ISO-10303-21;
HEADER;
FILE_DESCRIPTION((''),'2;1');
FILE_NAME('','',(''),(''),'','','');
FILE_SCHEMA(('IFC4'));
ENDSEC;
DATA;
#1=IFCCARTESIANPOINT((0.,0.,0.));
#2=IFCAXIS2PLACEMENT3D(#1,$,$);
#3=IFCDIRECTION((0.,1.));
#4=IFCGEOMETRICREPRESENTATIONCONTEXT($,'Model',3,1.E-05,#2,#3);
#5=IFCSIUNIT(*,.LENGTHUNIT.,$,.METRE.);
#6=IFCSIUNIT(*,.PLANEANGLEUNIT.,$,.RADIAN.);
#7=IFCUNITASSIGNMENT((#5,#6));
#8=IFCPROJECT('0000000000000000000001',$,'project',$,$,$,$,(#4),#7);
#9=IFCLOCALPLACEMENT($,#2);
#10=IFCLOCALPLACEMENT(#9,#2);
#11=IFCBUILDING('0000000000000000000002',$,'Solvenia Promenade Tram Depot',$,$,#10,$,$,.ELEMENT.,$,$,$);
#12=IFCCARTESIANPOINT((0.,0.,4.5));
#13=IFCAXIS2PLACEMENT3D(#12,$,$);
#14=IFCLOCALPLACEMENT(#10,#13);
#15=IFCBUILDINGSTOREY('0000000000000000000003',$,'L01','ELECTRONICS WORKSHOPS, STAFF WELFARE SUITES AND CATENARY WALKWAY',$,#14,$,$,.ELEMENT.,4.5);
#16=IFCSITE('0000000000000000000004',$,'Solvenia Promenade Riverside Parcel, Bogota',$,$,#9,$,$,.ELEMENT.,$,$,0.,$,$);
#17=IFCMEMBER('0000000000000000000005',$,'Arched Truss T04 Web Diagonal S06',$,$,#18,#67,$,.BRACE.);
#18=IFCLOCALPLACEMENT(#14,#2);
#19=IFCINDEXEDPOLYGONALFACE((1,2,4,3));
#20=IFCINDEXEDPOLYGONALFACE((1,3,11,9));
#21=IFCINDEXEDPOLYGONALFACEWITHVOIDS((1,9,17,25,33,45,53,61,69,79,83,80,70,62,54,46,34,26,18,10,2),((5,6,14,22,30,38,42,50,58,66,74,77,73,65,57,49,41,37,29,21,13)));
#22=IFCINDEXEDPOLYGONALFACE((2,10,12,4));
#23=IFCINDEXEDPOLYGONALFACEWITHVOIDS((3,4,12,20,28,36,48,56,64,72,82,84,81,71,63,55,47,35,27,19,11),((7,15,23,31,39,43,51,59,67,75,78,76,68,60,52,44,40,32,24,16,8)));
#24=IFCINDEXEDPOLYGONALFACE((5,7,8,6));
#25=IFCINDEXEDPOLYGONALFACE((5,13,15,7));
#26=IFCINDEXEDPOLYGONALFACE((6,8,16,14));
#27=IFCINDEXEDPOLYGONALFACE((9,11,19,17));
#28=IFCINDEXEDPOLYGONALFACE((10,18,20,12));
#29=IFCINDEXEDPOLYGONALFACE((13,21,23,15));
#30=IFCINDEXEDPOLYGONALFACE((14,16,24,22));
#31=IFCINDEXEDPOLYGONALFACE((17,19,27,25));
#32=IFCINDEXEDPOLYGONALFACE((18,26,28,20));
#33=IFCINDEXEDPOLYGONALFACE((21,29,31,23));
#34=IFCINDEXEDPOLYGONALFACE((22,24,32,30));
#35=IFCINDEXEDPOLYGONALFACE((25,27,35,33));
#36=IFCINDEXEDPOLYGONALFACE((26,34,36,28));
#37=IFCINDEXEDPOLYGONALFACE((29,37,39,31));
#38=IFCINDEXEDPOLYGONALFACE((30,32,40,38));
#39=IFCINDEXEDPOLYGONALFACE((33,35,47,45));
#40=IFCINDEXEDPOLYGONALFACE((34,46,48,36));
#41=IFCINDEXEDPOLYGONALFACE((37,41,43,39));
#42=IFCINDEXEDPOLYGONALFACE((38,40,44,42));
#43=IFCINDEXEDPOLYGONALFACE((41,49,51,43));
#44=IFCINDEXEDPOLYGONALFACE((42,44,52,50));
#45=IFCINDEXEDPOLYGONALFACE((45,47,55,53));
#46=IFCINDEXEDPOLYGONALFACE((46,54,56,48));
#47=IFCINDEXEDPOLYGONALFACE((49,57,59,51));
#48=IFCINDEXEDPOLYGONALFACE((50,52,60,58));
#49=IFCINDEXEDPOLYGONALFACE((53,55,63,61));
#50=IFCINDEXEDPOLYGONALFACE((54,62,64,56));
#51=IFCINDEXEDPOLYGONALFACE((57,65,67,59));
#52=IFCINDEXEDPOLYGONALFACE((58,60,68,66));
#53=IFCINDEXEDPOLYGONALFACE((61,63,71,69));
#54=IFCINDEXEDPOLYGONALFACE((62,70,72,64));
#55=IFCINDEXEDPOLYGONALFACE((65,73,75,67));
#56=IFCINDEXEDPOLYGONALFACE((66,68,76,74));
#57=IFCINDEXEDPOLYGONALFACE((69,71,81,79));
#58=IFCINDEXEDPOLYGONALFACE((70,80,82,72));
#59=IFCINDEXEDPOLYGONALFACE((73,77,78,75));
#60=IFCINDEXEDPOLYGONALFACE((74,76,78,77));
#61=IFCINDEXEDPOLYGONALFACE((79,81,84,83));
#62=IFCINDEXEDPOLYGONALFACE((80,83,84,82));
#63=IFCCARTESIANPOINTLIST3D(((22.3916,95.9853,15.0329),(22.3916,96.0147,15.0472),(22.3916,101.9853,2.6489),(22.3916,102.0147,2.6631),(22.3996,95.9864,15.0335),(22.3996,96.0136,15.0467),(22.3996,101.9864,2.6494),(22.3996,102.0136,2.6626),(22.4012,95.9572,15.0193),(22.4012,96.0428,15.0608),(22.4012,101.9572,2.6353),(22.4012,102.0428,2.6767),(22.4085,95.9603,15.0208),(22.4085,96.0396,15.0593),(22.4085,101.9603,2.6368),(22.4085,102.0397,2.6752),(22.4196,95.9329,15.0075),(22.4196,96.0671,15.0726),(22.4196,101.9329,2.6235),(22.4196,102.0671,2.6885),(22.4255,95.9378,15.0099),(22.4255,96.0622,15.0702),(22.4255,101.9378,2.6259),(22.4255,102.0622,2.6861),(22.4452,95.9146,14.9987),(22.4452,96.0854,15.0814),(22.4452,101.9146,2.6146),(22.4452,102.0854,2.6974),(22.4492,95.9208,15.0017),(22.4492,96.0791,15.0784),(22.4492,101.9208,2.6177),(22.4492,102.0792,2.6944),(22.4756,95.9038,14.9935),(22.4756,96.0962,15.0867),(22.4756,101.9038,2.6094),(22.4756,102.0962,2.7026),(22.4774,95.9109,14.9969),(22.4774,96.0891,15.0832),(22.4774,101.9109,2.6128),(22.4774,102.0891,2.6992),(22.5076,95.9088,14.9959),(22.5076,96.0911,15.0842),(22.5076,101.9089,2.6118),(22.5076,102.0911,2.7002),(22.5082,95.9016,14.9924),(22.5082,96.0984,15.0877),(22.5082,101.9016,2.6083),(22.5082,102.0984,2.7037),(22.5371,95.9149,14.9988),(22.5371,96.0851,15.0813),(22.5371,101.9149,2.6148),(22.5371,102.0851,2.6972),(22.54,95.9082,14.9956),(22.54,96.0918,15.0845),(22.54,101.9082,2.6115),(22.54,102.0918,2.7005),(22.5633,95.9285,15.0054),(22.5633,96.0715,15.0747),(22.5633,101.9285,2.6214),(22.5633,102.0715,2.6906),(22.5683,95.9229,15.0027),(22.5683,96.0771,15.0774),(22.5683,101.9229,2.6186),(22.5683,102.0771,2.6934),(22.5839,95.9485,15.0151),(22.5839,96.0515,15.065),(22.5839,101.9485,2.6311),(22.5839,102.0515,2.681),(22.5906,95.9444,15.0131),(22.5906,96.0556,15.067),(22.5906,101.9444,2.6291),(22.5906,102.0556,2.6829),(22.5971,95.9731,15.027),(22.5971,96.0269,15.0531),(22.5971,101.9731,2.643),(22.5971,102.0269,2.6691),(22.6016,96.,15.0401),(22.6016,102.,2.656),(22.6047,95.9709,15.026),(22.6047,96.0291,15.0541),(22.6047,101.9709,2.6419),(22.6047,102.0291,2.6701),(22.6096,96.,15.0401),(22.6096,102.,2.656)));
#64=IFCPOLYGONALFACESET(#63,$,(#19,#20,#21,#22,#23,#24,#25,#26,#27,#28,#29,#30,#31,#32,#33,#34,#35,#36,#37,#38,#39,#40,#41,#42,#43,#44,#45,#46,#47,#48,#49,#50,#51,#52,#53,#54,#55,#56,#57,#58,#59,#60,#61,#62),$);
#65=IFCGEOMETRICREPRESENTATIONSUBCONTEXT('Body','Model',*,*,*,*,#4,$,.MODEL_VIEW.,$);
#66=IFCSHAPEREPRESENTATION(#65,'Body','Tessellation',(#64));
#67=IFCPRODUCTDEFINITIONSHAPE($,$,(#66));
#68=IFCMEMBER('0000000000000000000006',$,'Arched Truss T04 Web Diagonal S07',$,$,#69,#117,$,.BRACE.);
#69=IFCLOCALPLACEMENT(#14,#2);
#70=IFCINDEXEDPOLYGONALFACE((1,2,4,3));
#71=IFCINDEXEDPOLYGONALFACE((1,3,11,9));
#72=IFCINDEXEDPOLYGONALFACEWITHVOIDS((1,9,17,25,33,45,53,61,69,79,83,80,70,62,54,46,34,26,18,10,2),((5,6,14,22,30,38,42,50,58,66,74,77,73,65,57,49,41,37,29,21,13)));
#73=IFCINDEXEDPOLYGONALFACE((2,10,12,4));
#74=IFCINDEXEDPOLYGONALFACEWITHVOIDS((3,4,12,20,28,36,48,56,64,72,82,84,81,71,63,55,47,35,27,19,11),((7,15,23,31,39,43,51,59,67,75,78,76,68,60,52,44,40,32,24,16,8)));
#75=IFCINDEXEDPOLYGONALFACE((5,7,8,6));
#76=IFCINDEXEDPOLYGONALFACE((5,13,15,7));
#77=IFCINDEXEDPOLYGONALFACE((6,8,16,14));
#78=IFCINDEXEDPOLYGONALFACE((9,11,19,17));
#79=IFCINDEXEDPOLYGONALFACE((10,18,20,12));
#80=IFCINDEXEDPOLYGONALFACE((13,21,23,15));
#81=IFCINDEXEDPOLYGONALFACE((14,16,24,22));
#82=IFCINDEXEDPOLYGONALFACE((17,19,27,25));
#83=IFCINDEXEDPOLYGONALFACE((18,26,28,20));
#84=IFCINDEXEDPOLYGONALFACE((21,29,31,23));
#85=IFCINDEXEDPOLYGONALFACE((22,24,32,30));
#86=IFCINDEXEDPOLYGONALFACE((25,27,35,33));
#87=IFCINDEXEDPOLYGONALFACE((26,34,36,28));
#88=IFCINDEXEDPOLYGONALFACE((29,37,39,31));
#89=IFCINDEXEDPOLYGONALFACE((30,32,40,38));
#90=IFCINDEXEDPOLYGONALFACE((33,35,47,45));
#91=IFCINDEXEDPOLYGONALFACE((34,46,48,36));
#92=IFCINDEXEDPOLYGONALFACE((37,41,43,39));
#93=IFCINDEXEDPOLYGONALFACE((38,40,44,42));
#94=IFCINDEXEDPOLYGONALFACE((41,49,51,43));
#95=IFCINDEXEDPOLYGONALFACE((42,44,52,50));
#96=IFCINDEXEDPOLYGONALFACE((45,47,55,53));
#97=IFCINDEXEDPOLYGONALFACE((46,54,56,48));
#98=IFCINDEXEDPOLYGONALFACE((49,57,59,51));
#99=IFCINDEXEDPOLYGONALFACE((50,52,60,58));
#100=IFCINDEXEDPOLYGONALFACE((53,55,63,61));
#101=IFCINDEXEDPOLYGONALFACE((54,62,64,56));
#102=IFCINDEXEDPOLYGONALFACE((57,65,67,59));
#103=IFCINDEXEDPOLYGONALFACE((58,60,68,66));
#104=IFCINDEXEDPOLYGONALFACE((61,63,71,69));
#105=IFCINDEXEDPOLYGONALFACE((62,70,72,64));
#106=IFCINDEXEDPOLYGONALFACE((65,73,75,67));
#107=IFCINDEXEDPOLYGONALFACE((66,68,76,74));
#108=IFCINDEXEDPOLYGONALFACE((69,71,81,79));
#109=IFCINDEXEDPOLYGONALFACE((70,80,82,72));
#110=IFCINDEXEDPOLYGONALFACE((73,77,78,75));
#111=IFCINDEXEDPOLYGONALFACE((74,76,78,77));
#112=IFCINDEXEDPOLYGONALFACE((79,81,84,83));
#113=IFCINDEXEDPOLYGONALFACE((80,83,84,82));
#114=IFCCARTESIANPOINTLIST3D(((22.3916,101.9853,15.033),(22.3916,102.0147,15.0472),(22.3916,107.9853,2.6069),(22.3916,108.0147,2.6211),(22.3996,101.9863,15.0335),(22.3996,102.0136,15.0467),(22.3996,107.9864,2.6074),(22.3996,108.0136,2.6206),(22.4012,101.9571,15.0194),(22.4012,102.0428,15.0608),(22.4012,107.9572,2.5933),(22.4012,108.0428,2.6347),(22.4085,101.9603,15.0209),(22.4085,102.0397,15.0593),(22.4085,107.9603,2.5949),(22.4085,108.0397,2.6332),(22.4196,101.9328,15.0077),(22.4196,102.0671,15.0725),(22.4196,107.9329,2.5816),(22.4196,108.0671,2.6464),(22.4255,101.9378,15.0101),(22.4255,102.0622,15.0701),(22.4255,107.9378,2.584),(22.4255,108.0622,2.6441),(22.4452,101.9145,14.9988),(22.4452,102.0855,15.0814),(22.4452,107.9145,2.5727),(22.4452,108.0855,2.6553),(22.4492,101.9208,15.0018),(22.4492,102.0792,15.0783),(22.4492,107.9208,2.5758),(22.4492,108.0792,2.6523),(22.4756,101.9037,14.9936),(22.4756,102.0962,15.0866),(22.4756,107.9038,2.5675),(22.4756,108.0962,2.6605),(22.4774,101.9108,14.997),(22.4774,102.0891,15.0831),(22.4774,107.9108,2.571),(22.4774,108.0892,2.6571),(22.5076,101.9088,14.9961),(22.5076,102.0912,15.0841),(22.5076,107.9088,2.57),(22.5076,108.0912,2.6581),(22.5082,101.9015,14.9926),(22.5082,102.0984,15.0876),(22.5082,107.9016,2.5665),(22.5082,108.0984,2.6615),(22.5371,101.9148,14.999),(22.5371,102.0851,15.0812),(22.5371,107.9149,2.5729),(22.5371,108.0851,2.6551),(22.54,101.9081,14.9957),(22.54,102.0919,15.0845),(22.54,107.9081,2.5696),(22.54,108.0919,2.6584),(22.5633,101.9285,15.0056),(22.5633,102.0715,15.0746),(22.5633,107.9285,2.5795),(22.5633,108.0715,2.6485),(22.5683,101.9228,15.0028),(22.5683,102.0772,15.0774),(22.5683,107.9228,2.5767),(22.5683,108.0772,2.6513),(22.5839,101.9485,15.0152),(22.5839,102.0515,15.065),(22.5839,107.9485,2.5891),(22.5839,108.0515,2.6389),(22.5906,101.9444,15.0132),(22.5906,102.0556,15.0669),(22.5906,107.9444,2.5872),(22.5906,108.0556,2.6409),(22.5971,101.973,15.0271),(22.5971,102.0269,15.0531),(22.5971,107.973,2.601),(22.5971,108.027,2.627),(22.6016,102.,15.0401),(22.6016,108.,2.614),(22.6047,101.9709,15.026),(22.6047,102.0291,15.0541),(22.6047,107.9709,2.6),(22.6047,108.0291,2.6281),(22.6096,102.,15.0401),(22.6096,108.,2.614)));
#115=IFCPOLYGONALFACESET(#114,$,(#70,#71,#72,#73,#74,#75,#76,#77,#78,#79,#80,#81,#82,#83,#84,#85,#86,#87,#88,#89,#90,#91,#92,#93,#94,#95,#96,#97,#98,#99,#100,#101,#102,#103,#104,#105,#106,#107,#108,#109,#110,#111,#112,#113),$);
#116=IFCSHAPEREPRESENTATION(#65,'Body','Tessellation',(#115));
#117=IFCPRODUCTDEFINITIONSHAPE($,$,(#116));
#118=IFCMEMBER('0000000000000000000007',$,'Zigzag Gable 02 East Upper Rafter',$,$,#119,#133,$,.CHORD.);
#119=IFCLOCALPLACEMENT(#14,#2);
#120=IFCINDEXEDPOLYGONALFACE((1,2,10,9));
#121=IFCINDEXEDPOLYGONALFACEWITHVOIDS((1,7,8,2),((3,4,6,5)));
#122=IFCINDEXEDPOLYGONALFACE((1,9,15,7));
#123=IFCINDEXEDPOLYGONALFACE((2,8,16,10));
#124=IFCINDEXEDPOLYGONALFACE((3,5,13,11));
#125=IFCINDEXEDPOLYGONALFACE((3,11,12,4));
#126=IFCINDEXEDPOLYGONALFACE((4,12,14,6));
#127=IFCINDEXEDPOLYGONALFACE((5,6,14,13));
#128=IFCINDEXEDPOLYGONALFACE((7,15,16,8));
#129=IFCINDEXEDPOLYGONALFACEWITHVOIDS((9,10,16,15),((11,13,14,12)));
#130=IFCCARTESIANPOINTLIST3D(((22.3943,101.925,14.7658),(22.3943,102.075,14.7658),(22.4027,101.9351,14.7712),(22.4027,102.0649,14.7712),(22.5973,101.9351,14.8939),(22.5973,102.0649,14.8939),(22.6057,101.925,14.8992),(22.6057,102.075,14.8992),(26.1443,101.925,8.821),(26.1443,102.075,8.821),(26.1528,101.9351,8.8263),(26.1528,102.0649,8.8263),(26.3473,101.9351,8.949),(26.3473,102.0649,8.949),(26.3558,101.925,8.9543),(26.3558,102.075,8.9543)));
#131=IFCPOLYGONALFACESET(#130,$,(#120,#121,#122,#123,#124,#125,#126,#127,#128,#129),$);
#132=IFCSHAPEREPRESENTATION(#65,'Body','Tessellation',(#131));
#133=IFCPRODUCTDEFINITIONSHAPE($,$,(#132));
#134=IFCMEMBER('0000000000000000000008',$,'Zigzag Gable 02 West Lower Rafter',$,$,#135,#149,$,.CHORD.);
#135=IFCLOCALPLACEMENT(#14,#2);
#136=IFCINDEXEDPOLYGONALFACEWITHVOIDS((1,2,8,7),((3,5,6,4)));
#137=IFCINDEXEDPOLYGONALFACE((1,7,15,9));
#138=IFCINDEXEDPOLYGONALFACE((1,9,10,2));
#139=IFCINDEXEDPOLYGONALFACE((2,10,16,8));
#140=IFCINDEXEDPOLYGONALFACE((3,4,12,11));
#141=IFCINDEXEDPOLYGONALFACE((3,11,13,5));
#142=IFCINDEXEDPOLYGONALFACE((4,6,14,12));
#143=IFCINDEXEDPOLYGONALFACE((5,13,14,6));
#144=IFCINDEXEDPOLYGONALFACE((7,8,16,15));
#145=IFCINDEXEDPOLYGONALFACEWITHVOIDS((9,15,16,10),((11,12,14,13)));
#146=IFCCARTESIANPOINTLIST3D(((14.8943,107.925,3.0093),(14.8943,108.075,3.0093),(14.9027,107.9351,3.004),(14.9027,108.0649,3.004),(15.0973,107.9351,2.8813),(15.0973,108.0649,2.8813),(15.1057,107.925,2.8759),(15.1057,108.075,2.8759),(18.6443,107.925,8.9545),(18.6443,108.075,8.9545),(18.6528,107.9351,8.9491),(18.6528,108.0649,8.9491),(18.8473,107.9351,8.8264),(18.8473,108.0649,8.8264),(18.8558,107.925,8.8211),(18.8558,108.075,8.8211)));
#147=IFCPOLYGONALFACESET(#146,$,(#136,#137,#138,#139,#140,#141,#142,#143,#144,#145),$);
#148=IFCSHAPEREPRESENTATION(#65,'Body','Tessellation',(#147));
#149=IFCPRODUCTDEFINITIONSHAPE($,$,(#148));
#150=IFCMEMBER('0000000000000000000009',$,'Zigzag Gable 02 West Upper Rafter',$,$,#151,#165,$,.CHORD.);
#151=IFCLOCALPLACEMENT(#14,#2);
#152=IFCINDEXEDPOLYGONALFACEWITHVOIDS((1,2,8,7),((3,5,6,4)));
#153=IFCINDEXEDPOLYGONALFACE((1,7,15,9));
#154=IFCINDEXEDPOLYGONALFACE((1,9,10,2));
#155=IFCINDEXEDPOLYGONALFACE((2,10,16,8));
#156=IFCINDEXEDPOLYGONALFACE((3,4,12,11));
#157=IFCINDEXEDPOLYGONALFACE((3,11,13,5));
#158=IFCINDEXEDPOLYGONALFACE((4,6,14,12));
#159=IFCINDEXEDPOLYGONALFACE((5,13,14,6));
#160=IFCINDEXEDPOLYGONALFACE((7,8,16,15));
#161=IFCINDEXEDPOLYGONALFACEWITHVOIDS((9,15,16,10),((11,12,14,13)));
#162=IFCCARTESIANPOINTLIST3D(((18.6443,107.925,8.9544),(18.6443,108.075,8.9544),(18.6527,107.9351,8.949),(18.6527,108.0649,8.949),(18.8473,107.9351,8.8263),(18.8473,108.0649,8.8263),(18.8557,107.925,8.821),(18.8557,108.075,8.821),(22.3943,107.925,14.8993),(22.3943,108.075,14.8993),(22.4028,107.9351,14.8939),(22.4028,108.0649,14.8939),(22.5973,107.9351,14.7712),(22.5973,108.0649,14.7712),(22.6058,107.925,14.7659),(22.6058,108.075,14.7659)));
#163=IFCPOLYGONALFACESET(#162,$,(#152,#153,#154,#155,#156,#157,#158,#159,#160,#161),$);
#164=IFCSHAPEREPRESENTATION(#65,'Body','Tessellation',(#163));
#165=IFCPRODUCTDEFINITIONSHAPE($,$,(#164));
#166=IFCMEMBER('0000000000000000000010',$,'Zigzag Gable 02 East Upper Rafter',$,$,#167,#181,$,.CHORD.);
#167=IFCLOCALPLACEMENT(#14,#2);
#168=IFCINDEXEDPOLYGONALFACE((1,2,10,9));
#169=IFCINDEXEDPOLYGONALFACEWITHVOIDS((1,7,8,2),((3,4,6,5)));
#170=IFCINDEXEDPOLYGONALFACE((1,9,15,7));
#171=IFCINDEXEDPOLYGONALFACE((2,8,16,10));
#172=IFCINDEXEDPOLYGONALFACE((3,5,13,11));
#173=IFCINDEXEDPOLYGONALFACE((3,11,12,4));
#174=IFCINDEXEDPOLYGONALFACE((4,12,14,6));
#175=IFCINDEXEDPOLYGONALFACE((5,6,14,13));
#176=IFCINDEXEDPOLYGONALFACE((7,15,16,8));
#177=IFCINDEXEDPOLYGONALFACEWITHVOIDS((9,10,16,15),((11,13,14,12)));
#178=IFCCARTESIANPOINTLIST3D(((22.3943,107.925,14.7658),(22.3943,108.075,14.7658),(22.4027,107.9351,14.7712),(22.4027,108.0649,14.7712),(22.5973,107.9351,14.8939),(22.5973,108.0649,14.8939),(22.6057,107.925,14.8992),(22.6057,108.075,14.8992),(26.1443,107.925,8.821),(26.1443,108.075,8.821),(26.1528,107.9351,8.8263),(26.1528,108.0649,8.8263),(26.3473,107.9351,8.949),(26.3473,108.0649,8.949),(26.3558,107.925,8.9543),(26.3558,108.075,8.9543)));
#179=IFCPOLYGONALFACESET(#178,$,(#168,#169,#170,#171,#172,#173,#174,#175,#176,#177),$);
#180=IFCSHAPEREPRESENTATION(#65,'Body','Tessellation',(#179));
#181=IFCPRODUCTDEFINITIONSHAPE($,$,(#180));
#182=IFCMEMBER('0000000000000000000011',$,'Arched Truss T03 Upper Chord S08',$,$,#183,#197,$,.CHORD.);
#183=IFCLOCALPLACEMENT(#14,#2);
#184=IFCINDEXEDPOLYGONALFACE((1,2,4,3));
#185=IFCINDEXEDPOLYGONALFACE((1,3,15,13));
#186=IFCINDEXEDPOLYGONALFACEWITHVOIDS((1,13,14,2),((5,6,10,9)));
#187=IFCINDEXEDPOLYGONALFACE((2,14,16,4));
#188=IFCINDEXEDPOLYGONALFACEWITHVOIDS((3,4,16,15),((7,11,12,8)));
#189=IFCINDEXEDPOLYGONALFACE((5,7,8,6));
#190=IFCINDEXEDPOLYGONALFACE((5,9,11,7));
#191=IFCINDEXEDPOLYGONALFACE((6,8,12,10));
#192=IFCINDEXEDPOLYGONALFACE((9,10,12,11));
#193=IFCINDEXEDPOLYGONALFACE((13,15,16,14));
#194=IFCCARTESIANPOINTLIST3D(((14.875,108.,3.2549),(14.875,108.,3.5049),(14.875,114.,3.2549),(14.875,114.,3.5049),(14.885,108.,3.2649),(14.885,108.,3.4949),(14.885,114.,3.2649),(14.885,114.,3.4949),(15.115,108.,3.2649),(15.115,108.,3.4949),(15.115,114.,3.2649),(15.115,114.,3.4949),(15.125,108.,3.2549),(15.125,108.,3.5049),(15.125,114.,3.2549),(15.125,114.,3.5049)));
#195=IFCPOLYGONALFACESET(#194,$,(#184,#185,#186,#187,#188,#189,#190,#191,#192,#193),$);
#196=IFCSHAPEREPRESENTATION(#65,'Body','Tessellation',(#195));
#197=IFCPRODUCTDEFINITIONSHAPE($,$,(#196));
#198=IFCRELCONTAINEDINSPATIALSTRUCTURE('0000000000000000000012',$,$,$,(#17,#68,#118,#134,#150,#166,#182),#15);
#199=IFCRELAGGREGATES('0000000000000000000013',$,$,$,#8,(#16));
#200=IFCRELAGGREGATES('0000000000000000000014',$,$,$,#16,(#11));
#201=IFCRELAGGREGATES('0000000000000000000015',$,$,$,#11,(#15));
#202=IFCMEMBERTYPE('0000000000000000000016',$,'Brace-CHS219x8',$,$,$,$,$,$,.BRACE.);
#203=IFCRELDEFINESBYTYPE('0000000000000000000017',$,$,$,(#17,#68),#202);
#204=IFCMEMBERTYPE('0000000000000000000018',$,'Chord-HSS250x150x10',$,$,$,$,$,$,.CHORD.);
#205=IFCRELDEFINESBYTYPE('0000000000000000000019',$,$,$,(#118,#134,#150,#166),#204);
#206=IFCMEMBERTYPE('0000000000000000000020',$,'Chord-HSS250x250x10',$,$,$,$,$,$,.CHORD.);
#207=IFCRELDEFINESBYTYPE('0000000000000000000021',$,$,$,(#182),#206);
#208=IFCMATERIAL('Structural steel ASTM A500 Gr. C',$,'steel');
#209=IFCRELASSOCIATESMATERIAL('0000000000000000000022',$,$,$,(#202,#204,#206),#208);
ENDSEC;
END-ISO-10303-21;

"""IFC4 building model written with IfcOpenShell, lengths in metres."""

from ifc_helpers import new_model, si_unit, direction, frame, origin, origin_2d, place, context, subcontext, project, spatial, hollow_rectangle, hollow_circle, extrude, material, material_profile, profile_set, type_object, element, save


model = new_model("IFC4")

# Units and contexts
model_context = context("Model", 3, precision=1e-05, world=origin(), true_north=direction((0.0, 1.0)))
body_context = subcontext(model_context, "Body", "Model", "MODEL_VIEW")
ifc_project = project(units=[si_unit("LENGTHUNIT", "METRE"), si_unit("PLANEANGLEUNIT", "RADIAN")], contexts=[model_context])

# Site, building, storey
site_placement = place(None, origin())
site = spatial("IfcSite", under=ifc_project, at=site_placement, Name="Solvenia Promenade Riverside Parcel, Bogota", CompositionType="ELEMENT", RefElevation=0.0)
building_placement = place(site_placement, origin())
building = spatial("IfcBuilding", under=site, at=building_placement, Name="Solvenia Promenade Tram Depot", CompositionType="ELEMENT")
storey_placement = place(building_placement, frame((0.0, 0.0, 4.5)))
storey = spatial("IfcBuildingStorey", under=building, at=storey_placement, Name="L01", Description="ELECTRONICS WORKSHOPS, STAFF WELFARE SUITES AND CATENARY WALKWAY", CompositionType="ELEMENT", Elevation=4.5)

# Members
ifc_material_1 = material(Name="Structural steel ASTM A500 Gr. C", Category="steel")
ifc_material_profile_1 = material_profile(ifc_material_1, hollow_circle(Radius=0.1096, WallThickness=0.0081, at=origin_2d()), Name="CHS219.1x8", Category="steel")
ifc_profile_set_1 = profile_set([ifc_material_profile_1], Name="Structural steel ASTM A500 Gr. C")
member_type_1 = type_object("IfcMemberType", Name="Brace-CHS219x8", PredefinedType="BRACE", material=ifc_profile_set_1)
member_1_placement = place(storey_placement, frame((22.5, 102.0, 2.656), z_axis=(0.0, -0.436016, 0.899939), x_axis=(1.0, 0.0, 0.0)))
element("IfcMember", 1, at=member_1_placement, inside=storey, type_object=member_type_1, Name="Arched Truss T04 Web Diagonal S06", PredefinedType="BRACE", context=body_context, shape_type="SweptSolid", body=[
    extrude(hollow_circle(Radius=0.1096, WallThickness=0.0081, at=origin_2d()), origin(), (0.0, 0.0, 1.0), 13.761),
])
member_2_placement = place(storey_placement, frame((22.5, 108.0, 2.614), z_axis=(0.0, -0.434821, 0.900517), x_axis=(1.0, 0.0, 0.0)))
element("IfcMember", 2, at=member_2_placement, inside=storey, type_object=member_type_1, Name="Arched Truss T04 Web Diagonal S07", PredefinedType="BRACE", context=body_context, shape_type="SweptSolid", body=[
    extrude(hollow_circle(Radius=0.1096, WallThickness=0.0081, at=origin_2d()), origin(), (0.0, 0.0, 1.0), 13.7988),
])
ifc_material_profile_2 = material_profile(ifc_material_1, hollow_rectangle(XDim=0.1499, YDim=0.25, WallThickness=0.01, at=origin_2d()), Name="HSS250x150x10", Category="steel")
ifc_profile_set_2 = profile_set([ifc_material_profile_2], Name="Structural steel ASTM A500 Gr. C")
member_type_2 = type_object("IfcMemberType", Name="Chord-HSS250x150x10", PredefinedType="CHORD", material=ifc_profile_set_2)
member_3_placement = place(storey_placement, frame((22.5, 102.0, 14.8325), z_axis=(0.533522, 0.0, -0.845786), x_axis=(0.0, 1.0, 0.0)))
element("IfcMember", 3, at=member_3_placement, inside=storey, type_object=member_type_2, Name="Zigzag Gable 02 East Upper Rafter", PredefinedType="CHORD", context=body_context, shape_type="SweptSolid", body=[
    extrude(hollow_rectangle(XDim=0.1499, YDim=0.25, WallThickness=0.01, at=origin_2d()), origin(), (0.0, 0.0, 1.0), 7.0288),
])
member_4_placement = place(storey_placement, frame((15.0, 108.0, 2.9426), z_axis=(0.533507, 0.0, 0.845796), x_axis=(0.0, 1.0, 0.0)))
element("IfcMember", 4, at=member_4_placement, inside=storey, type_object=member_type_2, Name="Zigzag Gable 02 West Lower Rafter", PredefinedType="CHORD", context=body_context, shape_type="SweptSolid", body=[
    extrude(hollow_rectangle(XDim=0.1499, YDim=0.25, WallThickness=0.01, at=origin_2d()), origin(), (0.0, 0.0, 1.0), 7.0291),
])
for number, where, z_axis, x_axis, name in (
    (5, (18.75, 108.0, 8.8877), (0.533522, 0.0, 0.845786), (0.0, 1.0, 0.0), "Zigzag Gable 02 West Upper Rafter"),
    (6, (22.5, 108.0, 14.8325), (0.533522, 0.0, -0.845786), (0.0, 1.0, 0.0), "Zigzag Gable 02 East Upper Rafter"),
):
    element("IfcMember", number, at=place(storey_placement, frame(where, z_axis=z_axis, x_axis=x_axis)), inside=storey, type_object=member_type_2, Name=name, PredefinedType="CHORD", context=body_context, shape_type="SweptSolid", body=[
        extrude(hollow_rectangle(XDim=0.1499, YDim=0.25, WallThickness=0.01, at=origin_2d()), origin(), (0.0, 0.0, 1.0), 7.0288),
    ])
ifc_material_profile_3 = material_profile(ifc_material_1, hollow_rectangle(XDim=0.25, YDim=0.25, WallThickness=0.01, at=origin_2d()), Name="HSS250x250x10", Category="steel")
ifc_profile_set_3 = profile_set([ifc_material_profile_3], Name="Structural steel ASTM A500 Gr. C")
member_type_3 = type_object("IfcMemberType", Name="Chord-HSS250x250x10", PredefinedType="CHORD", material=ifc_profile_set_3)
member_5_placement = place(storey_placement, frame((15.0, 108.0, 3.3799), z_axis=(0.0, 1.0, 0.0), x_axis=(-1.0, 0.0, 0.0)))
element("IfcMember", 7, at=member_5_placement, inside=storey, type_object=member_type_3, Name="Arched Truss T03 Upper Chord S08", PredefinedType="CHORD", context=body_context, shape_type="SweptSolid", body=[
    extrude(hollow_rectangle(XDim=0.25, YDim=0.25, WallThickness=0.01, at=origin_2d()), origin(), (0.0, 0.0, 1.0), 6.0),
])

save(model, "model.ifc")
